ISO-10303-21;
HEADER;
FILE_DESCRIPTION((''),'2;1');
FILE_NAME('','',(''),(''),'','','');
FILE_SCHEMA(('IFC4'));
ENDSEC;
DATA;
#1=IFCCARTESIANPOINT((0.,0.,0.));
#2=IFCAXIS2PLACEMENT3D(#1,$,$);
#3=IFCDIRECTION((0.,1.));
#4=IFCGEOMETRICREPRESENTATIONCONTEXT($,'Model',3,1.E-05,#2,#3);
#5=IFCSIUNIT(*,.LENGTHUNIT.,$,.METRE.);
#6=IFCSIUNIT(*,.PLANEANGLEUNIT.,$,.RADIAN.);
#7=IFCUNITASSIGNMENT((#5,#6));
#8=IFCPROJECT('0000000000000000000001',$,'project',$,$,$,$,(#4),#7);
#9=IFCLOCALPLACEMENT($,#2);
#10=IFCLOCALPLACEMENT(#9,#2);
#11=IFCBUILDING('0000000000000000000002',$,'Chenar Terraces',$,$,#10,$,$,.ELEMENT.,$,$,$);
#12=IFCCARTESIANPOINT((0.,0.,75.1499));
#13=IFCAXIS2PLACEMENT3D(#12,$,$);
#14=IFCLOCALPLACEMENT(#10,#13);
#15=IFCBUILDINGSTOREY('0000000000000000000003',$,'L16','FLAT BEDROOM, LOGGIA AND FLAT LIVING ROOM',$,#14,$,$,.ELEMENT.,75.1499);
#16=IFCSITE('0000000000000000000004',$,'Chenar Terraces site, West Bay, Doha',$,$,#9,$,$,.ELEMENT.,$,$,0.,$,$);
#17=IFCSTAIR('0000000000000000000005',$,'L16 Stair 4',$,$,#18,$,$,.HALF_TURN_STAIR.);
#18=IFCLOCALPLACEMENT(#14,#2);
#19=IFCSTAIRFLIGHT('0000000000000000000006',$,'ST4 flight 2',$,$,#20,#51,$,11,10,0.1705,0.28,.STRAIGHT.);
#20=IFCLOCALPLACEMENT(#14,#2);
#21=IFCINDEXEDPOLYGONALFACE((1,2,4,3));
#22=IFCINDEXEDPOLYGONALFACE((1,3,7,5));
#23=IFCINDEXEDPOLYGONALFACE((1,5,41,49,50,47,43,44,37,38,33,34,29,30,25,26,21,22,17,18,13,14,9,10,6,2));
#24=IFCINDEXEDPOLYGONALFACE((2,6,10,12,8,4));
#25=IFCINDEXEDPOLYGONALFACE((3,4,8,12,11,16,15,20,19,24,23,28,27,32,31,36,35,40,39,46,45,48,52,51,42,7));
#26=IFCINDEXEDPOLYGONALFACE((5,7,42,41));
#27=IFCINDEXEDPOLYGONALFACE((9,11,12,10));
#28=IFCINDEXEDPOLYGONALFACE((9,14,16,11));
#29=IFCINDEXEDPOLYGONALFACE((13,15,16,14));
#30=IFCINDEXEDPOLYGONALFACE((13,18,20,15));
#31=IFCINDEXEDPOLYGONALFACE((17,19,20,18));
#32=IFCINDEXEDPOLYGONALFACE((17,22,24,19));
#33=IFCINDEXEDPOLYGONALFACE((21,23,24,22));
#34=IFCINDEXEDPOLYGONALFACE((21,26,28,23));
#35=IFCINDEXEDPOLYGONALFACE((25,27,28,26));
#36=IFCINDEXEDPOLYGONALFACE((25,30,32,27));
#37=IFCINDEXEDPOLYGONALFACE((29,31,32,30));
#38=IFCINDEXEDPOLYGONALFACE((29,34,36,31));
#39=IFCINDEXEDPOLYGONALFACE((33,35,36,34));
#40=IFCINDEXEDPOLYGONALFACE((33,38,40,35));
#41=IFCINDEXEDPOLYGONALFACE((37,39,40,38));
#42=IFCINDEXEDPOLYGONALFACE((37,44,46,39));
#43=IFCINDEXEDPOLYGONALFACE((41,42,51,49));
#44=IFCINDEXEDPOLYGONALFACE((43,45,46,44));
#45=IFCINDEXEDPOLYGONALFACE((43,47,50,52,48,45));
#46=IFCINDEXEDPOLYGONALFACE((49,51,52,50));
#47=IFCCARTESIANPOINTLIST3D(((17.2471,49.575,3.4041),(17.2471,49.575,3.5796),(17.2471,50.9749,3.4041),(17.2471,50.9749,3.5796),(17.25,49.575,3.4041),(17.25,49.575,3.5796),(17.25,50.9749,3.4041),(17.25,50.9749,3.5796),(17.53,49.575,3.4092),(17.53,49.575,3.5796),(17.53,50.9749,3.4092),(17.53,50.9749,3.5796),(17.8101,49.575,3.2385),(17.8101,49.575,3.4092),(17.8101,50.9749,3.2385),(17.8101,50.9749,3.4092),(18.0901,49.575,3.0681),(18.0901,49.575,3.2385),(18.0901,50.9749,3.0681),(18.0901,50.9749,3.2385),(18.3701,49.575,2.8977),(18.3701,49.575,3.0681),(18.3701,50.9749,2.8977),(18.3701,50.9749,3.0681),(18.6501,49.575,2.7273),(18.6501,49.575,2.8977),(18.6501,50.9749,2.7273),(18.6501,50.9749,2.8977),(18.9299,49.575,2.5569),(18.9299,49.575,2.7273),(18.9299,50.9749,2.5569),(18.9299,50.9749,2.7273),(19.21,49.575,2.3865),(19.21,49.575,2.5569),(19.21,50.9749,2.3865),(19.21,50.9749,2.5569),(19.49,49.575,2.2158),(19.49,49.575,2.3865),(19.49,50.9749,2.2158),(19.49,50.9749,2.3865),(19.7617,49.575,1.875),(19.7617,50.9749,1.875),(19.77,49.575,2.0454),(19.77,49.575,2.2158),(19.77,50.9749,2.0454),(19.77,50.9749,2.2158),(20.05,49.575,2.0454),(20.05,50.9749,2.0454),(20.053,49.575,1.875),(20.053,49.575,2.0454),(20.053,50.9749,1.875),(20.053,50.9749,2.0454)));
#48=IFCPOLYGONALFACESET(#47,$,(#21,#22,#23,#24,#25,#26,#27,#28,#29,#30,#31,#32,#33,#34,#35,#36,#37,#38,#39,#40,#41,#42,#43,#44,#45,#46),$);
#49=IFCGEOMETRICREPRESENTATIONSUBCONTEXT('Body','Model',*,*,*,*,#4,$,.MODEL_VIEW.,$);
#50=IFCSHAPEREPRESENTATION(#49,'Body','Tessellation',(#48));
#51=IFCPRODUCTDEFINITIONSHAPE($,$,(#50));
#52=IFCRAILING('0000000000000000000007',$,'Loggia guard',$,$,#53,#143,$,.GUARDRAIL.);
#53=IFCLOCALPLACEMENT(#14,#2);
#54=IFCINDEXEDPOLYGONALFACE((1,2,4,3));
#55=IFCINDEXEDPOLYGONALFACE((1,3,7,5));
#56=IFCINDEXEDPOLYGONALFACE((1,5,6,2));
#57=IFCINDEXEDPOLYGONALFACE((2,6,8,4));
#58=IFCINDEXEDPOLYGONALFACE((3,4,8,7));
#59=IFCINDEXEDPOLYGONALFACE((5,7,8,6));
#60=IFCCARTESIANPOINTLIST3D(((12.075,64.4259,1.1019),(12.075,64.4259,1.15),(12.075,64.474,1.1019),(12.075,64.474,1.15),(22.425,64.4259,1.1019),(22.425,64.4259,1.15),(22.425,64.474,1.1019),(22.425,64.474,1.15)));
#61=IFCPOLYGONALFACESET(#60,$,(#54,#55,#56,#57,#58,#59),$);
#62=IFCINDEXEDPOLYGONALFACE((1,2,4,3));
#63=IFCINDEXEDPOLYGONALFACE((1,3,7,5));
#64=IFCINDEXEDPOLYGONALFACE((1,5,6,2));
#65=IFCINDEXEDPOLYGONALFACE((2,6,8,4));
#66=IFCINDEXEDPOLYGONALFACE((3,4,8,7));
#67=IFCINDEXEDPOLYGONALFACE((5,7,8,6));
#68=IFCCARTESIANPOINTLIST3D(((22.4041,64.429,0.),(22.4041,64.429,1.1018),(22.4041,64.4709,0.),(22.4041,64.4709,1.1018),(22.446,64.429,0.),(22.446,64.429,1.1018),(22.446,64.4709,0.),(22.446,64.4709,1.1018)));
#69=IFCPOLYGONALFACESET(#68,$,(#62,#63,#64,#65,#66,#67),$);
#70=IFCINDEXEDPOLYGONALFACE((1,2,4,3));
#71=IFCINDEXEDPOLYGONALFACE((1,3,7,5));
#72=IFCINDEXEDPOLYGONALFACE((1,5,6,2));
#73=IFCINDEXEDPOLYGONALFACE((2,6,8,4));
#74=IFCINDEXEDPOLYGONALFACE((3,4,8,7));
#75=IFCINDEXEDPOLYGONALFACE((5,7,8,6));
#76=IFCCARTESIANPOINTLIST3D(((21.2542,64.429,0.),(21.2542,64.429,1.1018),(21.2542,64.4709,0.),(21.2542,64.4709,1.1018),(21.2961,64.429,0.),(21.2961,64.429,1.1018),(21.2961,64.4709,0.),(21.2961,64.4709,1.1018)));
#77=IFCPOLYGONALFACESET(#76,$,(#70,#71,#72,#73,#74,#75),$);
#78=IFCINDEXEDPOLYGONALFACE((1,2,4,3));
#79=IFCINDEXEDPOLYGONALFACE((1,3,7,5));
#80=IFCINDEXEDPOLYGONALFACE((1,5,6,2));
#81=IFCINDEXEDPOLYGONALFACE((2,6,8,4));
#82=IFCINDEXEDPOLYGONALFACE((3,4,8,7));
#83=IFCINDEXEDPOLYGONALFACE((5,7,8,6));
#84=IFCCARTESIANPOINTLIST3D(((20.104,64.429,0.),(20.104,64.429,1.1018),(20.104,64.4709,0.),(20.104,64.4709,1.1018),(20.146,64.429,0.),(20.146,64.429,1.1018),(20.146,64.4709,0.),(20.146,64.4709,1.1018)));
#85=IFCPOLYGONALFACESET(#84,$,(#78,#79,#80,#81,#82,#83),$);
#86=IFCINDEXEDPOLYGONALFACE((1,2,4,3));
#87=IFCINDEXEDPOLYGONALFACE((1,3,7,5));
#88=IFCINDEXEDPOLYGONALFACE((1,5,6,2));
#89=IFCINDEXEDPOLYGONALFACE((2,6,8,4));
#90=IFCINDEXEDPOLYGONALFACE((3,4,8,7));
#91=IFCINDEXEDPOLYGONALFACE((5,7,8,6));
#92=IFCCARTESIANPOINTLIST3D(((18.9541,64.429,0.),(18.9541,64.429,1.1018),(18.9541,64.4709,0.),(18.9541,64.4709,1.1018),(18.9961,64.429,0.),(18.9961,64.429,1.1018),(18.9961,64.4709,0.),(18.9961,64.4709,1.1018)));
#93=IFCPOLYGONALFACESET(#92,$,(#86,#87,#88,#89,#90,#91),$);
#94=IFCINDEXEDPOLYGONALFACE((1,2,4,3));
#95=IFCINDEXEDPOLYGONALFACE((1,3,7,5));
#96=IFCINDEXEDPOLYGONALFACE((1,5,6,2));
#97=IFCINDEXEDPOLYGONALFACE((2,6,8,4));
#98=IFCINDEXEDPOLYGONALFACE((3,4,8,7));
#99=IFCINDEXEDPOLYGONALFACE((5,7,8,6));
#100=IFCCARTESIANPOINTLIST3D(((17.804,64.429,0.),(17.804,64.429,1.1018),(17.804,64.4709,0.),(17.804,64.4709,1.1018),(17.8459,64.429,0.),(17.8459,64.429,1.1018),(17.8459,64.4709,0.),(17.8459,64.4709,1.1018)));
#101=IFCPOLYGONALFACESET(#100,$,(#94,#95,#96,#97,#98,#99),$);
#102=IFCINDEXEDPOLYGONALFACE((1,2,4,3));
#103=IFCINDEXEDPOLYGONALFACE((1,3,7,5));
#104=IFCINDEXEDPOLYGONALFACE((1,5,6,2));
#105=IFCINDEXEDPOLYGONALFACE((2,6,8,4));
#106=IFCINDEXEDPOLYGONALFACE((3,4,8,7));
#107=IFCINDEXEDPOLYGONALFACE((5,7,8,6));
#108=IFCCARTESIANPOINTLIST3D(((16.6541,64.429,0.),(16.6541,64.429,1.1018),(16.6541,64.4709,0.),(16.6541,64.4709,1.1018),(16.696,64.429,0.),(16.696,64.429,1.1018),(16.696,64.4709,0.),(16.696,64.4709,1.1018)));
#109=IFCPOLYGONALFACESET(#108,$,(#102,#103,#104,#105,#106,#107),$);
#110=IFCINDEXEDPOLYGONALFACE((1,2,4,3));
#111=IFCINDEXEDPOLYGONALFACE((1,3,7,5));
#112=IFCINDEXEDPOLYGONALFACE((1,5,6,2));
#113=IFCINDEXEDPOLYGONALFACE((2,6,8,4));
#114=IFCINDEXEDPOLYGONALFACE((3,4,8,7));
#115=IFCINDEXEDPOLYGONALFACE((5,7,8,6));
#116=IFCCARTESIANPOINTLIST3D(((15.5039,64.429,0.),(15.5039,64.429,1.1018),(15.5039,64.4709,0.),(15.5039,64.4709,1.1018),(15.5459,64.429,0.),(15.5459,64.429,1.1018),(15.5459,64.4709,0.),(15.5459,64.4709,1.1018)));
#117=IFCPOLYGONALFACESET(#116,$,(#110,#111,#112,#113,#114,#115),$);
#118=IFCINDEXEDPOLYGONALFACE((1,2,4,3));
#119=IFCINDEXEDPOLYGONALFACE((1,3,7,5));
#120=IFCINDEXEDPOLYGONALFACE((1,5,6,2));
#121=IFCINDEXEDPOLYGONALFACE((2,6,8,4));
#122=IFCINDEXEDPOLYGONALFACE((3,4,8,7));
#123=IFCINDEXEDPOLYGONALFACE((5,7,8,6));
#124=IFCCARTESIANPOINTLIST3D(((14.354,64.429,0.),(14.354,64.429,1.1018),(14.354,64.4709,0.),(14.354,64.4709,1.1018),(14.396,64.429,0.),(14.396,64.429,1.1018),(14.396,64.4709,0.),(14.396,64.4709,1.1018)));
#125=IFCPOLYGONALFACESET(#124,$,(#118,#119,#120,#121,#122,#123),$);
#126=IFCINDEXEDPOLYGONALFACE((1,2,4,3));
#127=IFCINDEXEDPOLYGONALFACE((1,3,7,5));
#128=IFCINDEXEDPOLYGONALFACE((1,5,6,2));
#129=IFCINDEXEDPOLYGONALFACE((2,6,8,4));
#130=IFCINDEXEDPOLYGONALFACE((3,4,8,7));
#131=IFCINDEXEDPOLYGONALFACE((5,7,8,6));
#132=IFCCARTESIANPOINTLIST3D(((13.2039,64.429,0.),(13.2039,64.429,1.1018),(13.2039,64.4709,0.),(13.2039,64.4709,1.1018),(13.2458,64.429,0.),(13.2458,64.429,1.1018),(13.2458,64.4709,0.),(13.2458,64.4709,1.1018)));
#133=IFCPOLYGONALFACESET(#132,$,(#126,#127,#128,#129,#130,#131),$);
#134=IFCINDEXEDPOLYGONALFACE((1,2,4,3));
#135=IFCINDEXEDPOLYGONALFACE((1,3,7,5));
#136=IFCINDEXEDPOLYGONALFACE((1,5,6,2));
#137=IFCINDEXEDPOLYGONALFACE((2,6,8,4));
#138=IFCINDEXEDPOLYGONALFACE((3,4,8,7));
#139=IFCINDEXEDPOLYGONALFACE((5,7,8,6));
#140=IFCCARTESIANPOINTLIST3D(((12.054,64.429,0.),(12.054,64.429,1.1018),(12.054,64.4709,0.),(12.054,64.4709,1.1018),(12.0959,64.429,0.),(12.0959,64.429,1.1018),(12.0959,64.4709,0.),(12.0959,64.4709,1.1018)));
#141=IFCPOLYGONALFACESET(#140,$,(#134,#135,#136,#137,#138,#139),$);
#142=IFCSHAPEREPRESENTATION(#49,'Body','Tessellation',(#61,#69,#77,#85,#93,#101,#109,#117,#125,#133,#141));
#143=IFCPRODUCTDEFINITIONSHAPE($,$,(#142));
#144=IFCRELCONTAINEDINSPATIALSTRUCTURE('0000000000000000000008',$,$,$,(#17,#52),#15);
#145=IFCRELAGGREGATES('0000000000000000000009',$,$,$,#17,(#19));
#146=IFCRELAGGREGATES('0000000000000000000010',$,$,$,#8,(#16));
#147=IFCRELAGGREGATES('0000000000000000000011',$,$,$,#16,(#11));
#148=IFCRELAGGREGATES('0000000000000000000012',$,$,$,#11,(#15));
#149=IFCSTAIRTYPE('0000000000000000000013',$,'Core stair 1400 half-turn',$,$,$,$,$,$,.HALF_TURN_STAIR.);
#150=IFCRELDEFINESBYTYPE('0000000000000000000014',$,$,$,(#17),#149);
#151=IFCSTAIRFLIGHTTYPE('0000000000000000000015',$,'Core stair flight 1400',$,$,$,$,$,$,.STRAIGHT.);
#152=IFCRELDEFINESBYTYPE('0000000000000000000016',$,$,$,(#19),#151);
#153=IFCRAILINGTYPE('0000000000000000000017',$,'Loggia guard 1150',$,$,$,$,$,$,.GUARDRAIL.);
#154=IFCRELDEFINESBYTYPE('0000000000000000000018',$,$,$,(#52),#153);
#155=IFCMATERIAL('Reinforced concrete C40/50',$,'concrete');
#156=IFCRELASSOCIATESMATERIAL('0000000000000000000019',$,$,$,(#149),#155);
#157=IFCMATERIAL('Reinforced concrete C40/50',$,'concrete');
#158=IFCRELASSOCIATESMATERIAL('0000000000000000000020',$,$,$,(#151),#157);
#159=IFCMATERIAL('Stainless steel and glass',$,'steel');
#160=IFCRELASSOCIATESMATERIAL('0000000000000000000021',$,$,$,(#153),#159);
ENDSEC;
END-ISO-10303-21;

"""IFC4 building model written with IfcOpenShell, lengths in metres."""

from ifc_helpers import new_model, si_unit, direction, frame, origin, origin_2d, place, context, subcontext, project, spatial, polyline, rectangle, outline, extrude, material, type_object, element, aggregate, save


model = new_model("IFC4")

# Units and contexts
model_context = context("Model", 3, precision=1e-05, world=origin(), true_north=direction((0.0, 1.0)))
body_context = subcontext(model_context, "Body", "Model", "MODEL_VIEW")
ifc_project = project(units=[si_unit("LENGTHUNIT", "METRE"), si_unit("PLANEANGLEUNIT", "RADIAN")], contexts=[model_context])

# Site, building, storey
site_placement = place(None, origin())
site = spatial("IfcSite", under=ifc_project, at=site_placement, Name="Chenar Terraces site, West Bay, Doha", CompositionType="ELEMENT", RefElevation=0.0)
building_placement = place(site_placement, origin())
building = spatial("IfcBuilding", under=site, at=building_placement, Name="Chenar Terraces", CompositionType="ELEMENT")
storey_placement = place(building_placement, frame((0.0, 0.0, 75.1499)))
storey = spatial("IfcBuildingStorey", under=building, at=storey_placement, Name="L16", Description="FLAT BEDROOM, LOGGIA AND FLAT LIVING ROOM", CompositionType="ELEMENT", Elevation=75.1499)

# Stair, stair flight
ifc_material_1 = material(Name="Reinforced concrete C40/50", Category="concrete")
stair_type = type_object("IfcStairType", Name="Core stair 1400 half-turn", PredefinedType="HALF_TURN_STAIR", material=ifc_material_1)
stair_placement = place(storey_placement, origin())
stair = element("IfcStair", 1, at=stair_placement, inside=storey, type_object=stair_type, Name="L16 Stair 4", PredefinedType="HALF_TURN_STAIR")
ifc_material_2 = material(Name="Reinforced concrete C40/50", Category="concrete")
stair_flight_type = type_object("IfcStairFlightType", Name="Core stair flight 1400", PredefinedType="STRAIGHT", material=ifc_material_2)
stair_flight_1_placement = place(storey_placement, frame((20.05, 50.2749, 1.875), z_axis=(0.0, 0.0, 1.0), x_axis=(-1.0, 0.0, 0.0)))
stair_flight_1 = element("IfcStairFlight", 2, at=stair_flight_1_placement, type_object=stair_flight_type, Name="ST4 flight 2", NumberOfRisers=11, NumberOfTreads=10, PredefinedType="STRAIGHT", RiserHeight=0.1705, TreadLength=0.28, context=body_context, shape_type="SweptSolid", body=[
    extrude(outline(polyline([(-0.0029, 0.0), (-0.0029, 0.1704), (0.0, 0.1704), (0.28, 0.1704), (0.28, 0.3408), (0.5601, 0.3408), (0.5601, 0.5115), (0.8401, 0.5115), (0.8401, 0.6819), (1.1201, 0.6819), (1.1201, 0.8523), (1.3999, 0.8523), (1.3999, 1.0227), (1.6799, 1.0227), (1.6799, 1.1931), (1.96, 1.1931), (1.96, 1.3635), (2.24, 1.3635), (2.24, 1.5342), (2.52, 1.5342), (2.52, 1.7046), (2.8, 1.7046), (2.803, 1.7046), (2.803, 1.5291), (2.8, 1.5291), (0.2883, 0.0), (-0.0029, 0.0)])), frame((0.0, 0.7, 0.0), z_axis=(0.0, -1.0, 0.0), x_axis=(1.0, 0.0, 0.0)), (0.0, 0.0, 1.0), 1.3999),
])
aggregate(stair, [stair_flight_1])

# Railing
ifc_material_3 = material(Name="Stainless steel and glass", Category="steel")
railing_type_1 = type_object("IfcRailingType", Name="Loggia guard 1150", PredefinedType="GUARDRAIL", material=ifc_material_3)
railing_1_placement = place(storey_placement, frame((22.425, 64.45, 0.0)))
element("IfcRailing", 3, at=railing_1_placement, inside=storey, type_object=railing_type_1, Name="Loggia guard", PredefinedType="GUARDRAIL", context=body_context, shape_type="SweptSolid", body=[
    extrude(rectangle(XDim=0.0481, YDim=0.0481, at=origin_2d()), frame((0.0, 0.0, 1.126), z_axis=(-1.0, 0.0, 0.0), x_axis=(0.0, -1.0, 0.0)), (0.0, 0.0, 1.0), 10.3501),
    extrude(rectangle(XDim=0.042, YDim=0.042, at=origin_2d()), origin(), (0.0, 0.0, 1.0), 1.1018),
    extrude(rectangle(XDim=0.042, YDim=0.042, at=origin_2d()), frame((-1.1499, 0.0, 0.0)), (0.0, 0.0, 1.0), 1.1018),
    extrude(rectangle(XDim=0.042, YDim=0.042, at=origin_2d()), frame((-2.3, 0.0, 0.0)), (0.0, 0.0, 1.0), 1.1018),
    extrude(rectangle(XDim=0.042, YDim=0.042, at=origin_2d()), frame((-3.45, 0.0, 0.0)), (0.0, 0.0, 1.0), 1.1018),
    extrude(rectangle(XDim=0.042, YDim=0.042, at=origin_2d()), frame((-4.6001, 0.0, 0.0)), (0.0, 0.0, 1.0), 1.1018),
    extrude(rectangle(XDim=0.042, YDim=0.042, at=origin_2d()), frame((-5.75, 0.0, 0.0)), (0.0, 0.0, 1.0), 1.1018),
    extrude(rectangle(XDim=0.042, YDim=0.042, at=origin_2d()), frame((-6.9001, 0.0, 0.0)), (0.0, 0.0, 1.0), 1.1018),
    extrude(rectangle(XDim=0.042, YDim=0.042, at=origin_2d()), frame((-8.05, 0.0, 0.0)), (0.0, 0.0, 1.0), 1.1018),
    extrude(rectangle(XDim=0.042, YDim=0.042, at=origin_2d()), frame((-9.2002, 0.0, 0.0)), (0.0, 0.0, 1.0), 1.1018),
    extrude(rectangle(XDim=0.042, YDim=0.042, at=origin_2d()), frame((-10.3501, 0.0, 0.0)), (0.0, 0.0, 1.0), 1.1018),
])

save(model, "model.ifc")
